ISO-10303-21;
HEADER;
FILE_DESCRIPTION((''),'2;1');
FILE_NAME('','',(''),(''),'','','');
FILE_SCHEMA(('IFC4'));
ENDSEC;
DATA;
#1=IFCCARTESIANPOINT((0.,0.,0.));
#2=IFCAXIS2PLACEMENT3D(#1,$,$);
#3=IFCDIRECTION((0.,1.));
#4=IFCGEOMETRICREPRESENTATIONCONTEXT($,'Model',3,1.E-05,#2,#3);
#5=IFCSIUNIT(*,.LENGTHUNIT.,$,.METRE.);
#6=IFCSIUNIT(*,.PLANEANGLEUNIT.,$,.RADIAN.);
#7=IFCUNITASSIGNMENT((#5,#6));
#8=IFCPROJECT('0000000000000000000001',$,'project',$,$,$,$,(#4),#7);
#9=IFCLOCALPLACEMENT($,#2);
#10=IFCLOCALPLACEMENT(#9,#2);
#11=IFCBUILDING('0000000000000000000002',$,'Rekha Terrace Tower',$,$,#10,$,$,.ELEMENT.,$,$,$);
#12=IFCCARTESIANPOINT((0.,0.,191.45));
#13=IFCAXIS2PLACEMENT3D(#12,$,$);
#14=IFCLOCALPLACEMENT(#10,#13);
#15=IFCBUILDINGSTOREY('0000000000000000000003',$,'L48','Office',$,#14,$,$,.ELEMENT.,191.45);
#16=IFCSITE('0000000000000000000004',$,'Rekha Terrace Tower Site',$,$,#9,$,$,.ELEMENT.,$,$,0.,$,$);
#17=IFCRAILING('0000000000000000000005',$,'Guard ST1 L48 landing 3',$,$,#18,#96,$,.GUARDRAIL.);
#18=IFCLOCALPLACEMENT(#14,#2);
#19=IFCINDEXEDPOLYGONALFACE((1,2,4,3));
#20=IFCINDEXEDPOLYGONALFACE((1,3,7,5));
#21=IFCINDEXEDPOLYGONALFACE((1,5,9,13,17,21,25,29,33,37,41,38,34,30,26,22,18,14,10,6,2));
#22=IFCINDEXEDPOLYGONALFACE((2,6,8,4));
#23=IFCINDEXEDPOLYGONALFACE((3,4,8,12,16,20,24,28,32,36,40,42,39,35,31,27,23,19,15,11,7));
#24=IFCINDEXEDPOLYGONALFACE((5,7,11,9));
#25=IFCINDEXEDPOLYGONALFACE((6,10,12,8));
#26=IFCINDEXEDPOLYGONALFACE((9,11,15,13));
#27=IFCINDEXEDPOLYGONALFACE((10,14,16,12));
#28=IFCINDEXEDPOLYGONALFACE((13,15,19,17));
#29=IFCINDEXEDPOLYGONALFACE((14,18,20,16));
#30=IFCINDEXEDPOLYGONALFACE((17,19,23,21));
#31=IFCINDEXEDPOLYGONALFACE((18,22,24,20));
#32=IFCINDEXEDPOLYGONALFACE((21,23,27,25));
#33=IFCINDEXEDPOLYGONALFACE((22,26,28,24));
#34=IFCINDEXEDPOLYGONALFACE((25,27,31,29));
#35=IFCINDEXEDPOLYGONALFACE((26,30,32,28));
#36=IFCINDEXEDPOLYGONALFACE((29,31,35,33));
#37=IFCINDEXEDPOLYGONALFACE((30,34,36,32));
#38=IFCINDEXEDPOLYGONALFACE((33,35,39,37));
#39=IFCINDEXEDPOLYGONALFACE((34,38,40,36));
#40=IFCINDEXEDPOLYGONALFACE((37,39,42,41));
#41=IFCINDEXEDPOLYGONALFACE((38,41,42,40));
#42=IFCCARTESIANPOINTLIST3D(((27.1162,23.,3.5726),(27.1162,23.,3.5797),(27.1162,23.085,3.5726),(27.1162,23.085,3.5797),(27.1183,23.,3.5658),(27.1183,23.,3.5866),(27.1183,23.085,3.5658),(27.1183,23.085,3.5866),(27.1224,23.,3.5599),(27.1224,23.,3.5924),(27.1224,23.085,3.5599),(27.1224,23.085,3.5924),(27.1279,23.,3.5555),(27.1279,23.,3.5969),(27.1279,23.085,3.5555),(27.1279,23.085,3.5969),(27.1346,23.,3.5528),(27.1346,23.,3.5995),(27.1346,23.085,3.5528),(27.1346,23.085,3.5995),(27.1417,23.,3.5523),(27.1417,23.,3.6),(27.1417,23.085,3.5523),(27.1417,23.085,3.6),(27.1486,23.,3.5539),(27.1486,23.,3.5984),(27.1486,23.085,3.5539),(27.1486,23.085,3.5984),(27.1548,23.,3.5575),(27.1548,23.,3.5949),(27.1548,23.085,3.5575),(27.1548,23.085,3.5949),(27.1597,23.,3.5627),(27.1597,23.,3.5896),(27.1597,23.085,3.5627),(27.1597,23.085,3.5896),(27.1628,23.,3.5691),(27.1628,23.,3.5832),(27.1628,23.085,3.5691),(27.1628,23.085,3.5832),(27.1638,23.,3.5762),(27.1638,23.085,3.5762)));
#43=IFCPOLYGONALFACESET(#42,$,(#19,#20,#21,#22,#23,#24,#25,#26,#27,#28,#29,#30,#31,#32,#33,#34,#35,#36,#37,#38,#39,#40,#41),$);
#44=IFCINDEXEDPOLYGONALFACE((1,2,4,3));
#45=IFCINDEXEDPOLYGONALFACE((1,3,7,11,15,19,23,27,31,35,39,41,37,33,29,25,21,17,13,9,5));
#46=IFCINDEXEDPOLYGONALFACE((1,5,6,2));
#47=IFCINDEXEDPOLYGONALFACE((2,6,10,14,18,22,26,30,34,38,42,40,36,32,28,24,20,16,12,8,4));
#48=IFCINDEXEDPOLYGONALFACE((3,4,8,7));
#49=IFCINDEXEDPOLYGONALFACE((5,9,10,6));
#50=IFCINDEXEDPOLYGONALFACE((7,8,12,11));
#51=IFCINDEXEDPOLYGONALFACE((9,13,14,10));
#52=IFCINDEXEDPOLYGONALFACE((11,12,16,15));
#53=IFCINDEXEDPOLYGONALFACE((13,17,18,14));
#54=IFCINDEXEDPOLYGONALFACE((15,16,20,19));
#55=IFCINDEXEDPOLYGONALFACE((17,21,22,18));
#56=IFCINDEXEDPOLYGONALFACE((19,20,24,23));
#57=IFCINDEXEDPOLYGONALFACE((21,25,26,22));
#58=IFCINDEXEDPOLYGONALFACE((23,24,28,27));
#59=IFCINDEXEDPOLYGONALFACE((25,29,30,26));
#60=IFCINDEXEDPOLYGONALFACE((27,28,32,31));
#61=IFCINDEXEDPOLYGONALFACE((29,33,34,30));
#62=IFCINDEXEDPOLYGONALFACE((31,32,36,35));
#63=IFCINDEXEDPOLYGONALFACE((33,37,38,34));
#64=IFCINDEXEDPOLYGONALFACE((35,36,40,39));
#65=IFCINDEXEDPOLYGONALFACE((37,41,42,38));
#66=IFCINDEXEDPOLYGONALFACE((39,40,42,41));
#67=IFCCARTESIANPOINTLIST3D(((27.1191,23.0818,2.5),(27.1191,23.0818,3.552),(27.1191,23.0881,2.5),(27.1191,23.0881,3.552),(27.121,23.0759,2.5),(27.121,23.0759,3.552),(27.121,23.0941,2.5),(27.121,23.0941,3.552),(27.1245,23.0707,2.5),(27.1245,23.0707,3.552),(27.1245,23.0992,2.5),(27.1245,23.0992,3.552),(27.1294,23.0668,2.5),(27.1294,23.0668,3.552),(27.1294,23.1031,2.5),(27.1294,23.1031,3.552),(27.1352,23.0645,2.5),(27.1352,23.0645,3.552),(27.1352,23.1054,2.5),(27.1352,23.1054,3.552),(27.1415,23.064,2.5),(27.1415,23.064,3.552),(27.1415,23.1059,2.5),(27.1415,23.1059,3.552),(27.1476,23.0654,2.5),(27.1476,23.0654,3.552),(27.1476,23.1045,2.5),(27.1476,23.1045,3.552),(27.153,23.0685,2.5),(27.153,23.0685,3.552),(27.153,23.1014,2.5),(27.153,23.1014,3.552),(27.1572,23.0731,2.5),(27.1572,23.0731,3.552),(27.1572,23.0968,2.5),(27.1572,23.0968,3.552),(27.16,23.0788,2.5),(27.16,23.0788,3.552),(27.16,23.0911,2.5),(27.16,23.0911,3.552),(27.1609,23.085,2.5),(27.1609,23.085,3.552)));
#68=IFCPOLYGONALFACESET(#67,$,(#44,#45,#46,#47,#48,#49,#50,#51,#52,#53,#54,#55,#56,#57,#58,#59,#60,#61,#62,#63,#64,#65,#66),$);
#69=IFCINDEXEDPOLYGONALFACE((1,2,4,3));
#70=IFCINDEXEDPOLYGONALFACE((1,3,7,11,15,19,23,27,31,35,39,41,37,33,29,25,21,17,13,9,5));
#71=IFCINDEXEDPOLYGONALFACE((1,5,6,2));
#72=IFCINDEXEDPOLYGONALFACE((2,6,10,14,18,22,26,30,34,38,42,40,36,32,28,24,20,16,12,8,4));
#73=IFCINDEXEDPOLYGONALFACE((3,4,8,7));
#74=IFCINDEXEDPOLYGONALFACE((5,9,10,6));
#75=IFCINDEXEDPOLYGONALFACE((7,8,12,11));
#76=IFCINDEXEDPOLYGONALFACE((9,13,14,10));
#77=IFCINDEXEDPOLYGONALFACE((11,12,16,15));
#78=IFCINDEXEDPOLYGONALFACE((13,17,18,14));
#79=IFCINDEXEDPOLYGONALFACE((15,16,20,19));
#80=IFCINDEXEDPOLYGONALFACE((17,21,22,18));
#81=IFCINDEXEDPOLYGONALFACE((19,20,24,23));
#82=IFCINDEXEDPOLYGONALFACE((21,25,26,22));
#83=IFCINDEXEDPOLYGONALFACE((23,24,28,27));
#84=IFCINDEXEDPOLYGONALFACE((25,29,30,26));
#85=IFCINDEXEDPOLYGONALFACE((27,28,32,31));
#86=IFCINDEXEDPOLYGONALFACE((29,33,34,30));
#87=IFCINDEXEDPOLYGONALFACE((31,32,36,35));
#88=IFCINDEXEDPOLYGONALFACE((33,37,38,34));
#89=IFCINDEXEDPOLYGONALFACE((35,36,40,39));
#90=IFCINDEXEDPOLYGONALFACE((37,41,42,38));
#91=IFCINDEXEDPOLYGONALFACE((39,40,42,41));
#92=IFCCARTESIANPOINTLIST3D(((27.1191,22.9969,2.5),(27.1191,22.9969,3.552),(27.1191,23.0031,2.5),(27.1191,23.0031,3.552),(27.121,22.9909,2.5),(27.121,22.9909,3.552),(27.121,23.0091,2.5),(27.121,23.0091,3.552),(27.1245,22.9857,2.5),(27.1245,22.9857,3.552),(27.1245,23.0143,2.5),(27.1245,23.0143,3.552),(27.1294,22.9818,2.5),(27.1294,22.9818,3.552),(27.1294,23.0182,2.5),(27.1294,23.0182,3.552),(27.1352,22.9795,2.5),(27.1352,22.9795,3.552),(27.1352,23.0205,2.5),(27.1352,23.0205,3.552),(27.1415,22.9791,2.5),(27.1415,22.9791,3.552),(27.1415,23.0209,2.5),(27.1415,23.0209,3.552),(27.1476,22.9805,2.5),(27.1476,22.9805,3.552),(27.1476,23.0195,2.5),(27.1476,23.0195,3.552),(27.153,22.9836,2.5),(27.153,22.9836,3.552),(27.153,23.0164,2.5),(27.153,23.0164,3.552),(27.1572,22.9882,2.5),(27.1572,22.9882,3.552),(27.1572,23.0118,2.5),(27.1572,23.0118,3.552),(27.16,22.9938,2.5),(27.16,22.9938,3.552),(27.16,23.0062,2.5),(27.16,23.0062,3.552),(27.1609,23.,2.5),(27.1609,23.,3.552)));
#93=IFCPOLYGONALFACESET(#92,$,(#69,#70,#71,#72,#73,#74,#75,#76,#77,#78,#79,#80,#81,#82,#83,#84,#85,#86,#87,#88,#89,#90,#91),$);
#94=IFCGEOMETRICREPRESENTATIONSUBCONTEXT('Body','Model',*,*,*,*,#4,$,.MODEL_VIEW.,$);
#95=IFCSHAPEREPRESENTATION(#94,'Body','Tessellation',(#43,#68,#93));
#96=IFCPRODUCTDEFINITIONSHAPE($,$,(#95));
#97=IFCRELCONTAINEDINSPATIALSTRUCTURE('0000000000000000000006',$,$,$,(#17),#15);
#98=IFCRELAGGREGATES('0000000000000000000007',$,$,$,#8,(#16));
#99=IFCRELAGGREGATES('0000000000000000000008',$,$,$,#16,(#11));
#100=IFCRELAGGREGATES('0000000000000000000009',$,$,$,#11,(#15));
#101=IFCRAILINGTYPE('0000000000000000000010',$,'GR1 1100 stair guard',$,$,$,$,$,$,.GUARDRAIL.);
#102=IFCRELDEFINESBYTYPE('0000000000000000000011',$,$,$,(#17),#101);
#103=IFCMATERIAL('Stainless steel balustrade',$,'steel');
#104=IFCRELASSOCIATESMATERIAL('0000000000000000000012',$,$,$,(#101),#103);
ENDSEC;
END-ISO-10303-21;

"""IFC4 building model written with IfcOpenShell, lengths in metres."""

from ifc_helpers import new_model, si_unit, direction, frame, origin, origin_2d, place, context, subcontext, project, spatial, circle, extrude, material, type_object, element, save


model = new_model("IFC4")

# Units and contexts
model_context = context("Model", 3, precision=1e-05, world=origin(), true_north=direction((0.0, 1.0)))
body_context = subcontext(model_context, "Body", "Model", "MODEL_VIEW")
ifc_project = project(units=[si_unit("LENGTHUNIT", "METRE"), si_unit("PLANEANGLEUNIT", "RADIAN")], contexts=[model_context])

# Site, building, storey
site_placement = place(None, origin())
site = spatial("IfcSite", under=ifc_project, at=site_placement, Name="Rekha Terrace Tower Site", CompositionType="ELEMENT", RefElevation=0.0)
building_placement = place(site_placement, origin())
building = spatial("IfcBuilding", under=site, at=building_placement, Name="Rekha Terrace Tower", CompositionType="ELEMENT")
storey_placement = place(building_placement, frame((0.0, 0.0, 191.45)))
storey = spatial("IfcBuildingStorey", under=building, at=storey_placement, Name="L48", Description="Office", CompositionType="ELEMENT", Elevation=191.45)

# Railing
ifc_material_1 = material(Name="Stainless steel balustrade", Category="steel")
railing_type_1 = type_object("IfcRailingType", Name="GR1 1100 stair guard", PredefinedType="GUARDRAIL", material=ifc_material_1)
railing_1_placement = place(storey_placement, frame((27.1399, 23.085, 2.5)))
element("IfcRailing", 1, at=railing_1_placement, inside=storey, type_object=railing_type_1, Name="Guard ST1 L48 landing 3", PredefinedType="GUARDRAIL", context=body_context, shape_type="SweptSolid", body=[
    extrude(circle(Radius=0.0239, at=origin_2d()), frame((0.0, 0.0, 1.0762), z_axis=(0.0, -1.0, 0.0), x_axis=(1.0, 0.0, 0.0)), (0.0, 0.0, 1.0), 0.085),
    extrude(circle(Radius=0.021, at=origin_2d()), origin(), (0.0, 0.0, 1.0), 1.052),
    extrude(circle(Radius=0.021, at=origin_2d()), frame((0.0, -0.085, 0.0)), (0.0, 0.0, 1.0), 1.052),
])

save(model, "model.ifc")
